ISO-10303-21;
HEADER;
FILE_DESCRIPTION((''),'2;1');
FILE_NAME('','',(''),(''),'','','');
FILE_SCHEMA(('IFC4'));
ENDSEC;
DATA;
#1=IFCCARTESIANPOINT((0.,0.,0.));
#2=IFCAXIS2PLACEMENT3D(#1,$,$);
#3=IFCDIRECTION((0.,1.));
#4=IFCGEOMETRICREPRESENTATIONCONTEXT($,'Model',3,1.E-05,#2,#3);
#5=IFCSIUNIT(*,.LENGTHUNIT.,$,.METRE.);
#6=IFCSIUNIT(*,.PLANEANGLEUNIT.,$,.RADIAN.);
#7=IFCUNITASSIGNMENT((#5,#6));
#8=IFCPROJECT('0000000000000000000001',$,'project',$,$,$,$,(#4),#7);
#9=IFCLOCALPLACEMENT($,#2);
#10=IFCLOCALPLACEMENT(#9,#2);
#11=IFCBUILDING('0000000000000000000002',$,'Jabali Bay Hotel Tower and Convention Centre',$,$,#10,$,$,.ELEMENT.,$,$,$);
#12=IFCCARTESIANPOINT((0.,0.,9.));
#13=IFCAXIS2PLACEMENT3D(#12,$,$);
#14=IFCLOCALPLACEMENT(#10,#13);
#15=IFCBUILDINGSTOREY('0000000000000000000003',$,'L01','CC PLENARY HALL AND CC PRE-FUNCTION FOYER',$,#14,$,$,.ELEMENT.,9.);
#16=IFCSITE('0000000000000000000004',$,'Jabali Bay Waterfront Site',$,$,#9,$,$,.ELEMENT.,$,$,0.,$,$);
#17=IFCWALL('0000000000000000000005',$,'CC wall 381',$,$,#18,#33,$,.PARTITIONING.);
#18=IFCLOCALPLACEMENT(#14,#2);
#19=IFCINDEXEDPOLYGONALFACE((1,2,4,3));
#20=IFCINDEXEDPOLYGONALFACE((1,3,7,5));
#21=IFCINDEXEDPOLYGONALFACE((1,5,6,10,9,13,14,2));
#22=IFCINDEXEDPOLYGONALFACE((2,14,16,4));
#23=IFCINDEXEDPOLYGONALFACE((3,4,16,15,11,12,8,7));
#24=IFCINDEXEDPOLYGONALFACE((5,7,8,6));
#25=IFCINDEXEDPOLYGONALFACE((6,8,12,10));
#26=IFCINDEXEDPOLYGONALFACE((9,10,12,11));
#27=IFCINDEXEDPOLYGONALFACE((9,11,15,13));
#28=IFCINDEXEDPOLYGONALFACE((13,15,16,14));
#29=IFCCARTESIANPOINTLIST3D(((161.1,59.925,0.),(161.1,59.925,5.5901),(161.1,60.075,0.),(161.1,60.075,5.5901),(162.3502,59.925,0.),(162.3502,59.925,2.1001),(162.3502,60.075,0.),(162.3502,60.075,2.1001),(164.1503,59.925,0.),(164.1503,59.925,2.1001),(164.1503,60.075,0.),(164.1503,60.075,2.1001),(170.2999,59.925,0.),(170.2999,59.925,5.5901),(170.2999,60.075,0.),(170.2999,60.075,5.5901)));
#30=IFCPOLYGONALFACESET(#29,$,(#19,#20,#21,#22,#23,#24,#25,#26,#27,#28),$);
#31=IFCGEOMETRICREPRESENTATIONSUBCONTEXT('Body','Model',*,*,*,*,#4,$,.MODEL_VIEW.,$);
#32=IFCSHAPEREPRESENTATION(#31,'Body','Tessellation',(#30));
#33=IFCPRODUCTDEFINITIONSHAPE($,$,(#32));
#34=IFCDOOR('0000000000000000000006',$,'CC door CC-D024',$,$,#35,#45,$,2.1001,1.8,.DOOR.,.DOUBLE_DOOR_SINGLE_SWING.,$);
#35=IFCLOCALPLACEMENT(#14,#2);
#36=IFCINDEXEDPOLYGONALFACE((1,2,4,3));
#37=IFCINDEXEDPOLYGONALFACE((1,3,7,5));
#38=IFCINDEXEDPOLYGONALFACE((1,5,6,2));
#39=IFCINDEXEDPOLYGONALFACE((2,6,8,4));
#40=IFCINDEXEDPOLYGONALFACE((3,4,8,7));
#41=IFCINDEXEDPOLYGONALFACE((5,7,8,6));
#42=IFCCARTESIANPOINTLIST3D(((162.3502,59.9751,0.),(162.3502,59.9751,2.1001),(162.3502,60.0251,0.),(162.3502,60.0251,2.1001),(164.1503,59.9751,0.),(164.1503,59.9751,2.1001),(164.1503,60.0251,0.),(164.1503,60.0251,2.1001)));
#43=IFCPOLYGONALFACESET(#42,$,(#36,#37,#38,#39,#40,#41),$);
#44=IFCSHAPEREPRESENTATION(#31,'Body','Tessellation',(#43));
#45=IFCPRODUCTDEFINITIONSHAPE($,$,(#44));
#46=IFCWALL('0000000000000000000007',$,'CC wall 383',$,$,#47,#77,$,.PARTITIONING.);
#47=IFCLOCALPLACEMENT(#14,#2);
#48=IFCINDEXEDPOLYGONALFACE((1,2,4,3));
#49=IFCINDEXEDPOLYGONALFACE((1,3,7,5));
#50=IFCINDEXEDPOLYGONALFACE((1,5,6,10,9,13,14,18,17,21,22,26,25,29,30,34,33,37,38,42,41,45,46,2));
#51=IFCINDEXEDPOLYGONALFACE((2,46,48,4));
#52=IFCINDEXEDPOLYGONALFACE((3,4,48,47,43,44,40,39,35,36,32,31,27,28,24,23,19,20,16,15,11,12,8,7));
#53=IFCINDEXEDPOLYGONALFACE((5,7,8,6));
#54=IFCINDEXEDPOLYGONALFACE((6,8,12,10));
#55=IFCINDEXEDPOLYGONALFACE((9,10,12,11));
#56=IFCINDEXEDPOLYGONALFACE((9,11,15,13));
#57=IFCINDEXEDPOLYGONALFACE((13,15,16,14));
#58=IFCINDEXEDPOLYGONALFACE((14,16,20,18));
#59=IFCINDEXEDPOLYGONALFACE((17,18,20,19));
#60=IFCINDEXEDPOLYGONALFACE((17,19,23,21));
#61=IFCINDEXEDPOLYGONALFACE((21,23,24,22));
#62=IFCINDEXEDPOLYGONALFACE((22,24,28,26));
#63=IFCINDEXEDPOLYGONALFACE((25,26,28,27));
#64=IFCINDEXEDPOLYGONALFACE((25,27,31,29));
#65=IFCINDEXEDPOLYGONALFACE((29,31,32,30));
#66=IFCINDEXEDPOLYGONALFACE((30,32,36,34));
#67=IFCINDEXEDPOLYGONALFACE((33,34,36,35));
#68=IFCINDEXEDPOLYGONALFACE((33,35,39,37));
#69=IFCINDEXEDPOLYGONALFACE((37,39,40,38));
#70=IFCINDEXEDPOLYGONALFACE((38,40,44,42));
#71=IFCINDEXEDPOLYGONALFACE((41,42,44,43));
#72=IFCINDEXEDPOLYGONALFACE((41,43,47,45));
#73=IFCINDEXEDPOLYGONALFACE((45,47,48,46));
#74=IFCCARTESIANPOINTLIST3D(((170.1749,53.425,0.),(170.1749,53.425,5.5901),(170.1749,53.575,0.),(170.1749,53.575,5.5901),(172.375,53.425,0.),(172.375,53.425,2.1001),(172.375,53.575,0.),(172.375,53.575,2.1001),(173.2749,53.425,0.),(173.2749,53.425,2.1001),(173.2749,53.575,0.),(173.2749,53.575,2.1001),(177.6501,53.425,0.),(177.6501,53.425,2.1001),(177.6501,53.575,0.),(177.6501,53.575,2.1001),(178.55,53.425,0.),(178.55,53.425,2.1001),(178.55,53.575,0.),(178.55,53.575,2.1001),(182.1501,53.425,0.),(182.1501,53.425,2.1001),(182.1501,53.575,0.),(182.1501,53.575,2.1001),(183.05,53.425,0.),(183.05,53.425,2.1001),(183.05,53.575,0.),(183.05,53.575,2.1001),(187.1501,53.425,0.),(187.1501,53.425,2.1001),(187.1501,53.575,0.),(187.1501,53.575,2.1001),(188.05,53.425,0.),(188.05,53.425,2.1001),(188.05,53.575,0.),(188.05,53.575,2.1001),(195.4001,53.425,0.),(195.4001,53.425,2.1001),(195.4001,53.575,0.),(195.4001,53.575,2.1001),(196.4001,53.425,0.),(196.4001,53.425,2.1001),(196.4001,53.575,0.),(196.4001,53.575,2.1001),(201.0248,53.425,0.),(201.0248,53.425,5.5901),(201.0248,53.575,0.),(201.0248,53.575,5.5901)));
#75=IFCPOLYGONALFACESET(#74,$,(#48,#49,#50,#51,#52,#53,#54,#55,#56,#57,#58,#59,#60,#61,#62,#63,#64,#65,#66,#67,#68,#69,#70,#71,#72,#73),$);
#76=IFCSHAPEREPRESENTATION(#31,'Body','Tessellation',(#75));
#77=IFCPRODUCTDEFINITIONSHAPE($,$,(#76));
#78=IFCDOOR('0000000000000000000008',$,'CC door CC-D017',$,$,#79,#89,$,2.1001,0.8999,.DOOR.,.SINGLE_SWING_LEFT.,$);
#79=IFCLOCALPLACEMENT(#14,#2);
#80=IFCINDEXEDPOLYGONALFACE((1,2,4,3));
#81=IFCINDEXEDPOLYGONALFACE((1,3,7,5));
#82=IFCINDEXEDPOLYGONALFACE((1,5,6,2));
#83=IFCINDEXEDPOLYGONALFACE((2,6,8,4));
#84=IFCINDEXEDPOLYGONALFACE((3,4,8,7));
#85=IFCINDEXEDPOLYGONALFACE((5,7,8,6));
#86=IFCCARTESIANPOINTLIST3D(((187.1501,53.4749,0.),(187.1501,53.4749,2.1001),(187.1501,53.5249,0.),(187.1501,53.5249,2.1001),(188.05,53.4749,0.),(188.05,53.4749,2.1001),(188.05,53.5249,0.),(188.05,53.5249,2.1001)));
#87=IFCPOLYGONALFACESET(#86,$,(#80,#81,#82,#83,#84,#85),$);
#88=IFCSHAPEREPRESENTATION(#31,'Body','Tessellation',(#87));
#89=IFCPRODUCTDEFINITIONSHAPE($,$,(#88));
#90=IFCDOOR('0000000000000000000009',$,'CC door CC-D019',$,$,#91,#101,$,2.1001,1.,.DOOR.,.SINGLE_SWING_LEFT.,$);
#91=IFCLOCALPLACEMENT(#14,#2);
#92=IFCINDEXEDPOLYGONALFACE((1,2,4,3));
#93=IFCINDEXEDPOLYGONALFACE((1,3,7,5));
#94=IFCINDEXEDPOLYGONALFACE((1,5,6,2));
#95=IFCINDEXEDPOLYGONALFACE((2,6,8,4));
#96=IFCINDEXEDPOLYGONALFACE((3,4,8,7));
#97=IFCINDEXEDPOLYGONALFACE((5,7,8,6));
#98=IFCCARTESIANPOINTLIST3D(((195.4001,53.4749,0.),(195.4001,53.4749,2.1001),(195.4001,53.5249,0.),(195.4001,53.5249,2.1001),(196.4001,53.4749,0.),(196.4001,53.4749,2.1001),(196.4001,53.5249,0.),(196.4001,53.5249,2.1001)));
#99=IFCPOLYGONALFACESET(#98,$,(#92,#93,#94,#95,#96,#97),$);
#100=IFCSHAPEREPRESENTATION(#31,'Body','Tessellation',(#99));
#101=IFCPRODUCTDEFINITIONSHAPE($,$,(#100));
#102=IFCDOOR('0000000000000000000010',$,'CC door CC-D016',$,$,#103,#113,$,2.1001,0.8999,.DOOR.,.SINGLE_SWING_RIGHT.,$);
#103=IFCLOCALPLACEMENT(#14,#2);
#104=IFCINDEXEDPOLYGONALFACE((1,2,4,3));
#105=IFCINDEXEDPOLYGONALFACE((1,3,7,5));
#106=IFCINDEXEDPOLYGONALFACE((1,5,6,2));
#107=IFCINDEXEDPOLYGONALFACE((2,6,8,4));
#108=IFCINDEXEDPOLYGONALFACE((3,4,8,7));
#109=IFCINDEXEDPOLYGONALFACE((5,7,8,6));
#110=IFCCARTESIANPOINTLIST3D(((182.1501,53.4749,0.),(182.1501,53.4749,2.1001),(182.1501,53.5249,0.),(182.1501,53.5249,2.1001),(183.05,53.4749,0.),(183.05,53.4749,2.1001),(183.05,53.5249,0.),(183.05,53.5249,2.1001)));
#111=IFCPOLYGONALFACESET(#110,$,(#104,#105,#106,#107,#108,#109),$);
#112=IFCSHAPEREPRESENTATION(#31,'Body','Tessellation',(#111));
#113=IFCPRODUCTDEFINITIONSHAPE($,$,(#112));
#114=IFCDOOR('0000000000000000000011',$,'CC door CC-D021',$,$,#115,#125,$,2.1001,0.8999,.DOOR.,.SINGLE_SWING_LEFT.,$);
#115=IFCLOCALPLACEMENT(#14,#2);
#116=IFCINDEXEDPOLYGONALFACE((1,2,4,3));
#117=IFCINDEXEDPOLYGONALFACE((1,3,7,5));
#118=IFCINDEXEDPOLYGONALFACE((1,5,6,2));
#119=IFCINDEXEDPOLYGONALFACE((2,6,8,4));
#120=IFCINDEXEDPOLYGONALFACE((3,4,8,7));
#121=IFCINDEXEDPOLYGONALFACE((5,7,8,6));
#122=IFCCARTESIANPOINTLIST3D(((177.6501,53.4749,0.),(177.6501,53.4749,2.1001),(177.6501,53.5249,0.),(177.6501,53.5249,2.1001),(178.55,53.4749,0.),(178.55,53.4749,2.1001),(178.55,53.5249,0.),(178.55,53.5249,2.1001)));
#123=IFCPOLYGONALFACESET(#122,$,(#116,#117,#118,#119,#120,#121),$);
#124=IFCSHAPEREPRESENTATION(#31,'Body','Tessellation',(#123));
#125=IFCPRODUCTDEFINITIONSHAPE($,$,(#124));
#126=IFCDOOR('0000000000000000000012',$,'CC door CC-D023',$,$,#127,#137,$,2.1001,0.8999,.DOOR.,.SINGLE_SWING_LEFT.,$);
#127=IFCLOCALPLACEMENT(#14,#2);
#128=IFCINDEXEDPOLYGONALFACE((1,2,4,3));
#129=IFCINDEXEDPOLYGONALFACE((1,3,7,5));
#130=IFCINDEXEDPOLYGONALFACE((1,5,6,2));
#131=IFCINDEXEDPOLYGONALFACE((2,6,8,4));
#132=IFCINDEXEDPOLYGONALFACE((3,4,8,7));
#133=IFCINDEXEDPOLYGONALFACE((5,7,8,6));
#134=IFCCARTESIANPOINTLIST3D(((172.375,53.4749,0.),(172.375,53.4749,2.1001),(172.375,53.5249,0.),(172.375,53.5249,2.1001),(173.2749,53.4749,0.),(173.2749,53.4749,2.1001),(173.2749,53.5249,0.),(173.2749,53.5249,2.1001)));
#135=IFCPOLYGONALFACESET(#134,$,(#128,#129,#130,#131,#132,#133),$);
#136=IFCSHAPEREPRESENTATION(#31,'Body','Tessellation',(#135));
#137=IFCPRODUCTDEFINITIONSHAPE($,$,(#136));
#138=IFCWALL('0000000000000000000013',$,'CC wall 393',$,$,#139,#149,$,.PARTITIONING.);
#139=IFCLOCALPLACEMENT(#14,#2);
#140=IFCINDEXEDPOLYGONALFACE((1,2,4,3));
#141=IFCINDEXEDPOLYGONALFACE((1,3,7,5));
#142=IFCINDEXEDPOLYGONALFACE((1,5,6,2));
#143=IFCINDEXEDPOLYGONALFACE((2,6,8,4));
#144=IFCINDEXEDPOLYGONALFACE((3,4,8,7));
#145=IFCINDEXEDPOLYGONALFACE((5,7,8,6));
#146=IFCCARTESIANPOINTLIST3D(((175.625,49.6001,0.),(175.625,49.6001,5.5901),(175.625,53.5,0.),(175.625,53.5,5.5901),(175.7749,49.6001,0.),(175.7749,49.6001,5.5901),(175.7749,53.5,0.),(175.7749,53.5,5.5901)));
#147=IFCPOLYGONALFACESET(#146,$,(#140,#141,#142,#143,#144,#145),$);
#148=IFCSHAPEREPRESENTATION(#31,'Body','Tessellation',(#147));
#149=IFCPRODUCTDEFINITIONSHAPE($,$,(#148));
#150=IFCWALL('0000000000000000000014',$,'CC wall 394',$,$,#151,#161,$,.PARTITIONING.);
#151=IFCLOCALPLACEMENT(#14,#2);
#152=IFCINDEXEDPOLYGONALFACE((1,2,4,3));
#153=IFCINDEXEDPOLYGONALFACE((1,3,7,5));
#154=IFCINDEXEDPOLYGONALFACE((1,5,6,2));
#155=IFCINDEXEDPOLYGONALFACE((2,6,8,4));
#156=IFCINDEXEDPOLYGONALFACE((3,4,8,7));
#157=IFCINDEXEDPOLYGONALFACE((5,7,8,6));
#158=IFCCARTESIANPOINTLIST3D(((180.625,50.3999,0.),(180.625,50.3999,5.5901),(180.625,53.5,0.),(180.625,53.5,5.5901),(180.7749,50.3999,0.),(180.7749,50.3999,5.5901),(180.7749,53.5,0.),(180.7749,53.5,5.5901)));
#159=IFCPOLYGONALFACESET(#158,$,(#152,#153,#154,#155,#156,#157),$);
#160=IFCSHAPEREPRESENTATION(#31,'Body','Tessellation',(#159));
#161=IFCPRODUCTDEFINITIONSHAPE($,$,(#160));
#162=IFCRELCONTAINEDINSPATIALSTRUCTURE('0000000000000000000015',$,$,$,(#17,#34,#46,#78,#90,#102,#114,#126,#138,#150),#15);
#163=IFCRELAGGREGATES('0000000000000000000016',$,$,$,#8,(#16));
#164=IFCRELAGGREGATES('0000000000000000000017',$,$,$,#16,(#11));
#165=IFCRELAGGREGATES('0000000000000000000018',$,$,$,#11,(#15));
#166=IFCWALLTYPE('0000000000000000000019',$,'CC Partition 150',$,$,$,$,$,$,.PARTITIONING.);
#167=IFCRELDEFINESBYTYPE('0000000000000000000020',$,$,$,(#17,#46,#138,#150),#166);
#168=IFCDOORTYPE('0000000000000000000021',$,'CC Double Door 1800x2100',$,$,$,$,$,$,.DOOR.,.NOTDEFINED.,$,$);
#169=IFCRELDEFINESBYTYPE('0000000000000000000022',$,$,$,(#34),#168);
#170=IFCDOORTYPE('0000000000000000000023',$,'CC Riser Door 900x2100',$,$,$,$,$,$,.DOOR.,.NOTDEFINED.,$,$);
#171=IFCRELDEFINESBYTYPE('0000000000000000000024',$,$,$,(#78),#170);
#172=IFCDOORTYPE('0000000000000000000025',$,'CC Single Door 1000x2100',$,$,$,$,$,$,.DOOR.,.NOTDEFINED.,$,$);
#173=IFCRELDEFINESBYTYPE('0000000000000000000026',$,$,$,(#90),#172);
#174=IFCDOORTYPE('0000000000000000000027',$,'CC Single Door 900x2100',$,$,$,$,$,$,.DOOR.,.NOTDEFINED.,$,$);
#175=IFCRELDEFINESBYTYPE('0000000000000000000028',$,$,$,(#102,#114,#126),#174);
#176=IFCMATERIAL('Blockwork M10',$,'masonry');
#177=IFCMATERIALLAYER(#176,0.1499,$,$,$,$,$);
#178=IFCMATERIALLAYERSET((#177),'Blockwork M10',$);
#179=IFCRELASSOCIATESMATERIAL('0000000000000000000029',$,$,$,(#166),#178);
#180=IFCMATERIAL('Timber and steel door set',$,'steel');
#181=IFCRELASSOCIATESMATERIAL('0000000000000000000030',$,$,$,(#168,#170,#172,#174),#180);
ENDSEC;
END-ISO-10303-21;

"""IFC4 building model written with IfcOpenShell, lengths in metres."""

from ifc_helpers import new_model, si_unit, direction, frame, frame_2d, origin, place, context, subcontext, project, spatial, rectangle, extrude, material, layer, layer_set, type_object, element, fill, save


model = new_model("IFC4")

# Units and contexts
model_context = context("Model", 3, precision=1e-05, world=origin(), true_north=direction((0.0, 1.0)))
body_context = subcontext(model_context, "Body", "Model", "MODEL_VIEW")
ifc_project = project(units=[si_unit("LENGTHUNIT", "METRE"), si_unit("PLANEANGLEUNIT", "RADIAN")], contexts=[model_context])

# Site, building, storey
site_placement = place(None, origin())
site = spatial("IfcSite", under=ifc_project, at=site_placement, Name="Jabali Bay Waterfront Site", CompositionType="ELEMENT", RefElevation=0.0)
building_placement = place(site_placement, origin())
building = spatial("IfcBuilding", under=site, at=building_placement, Name="Jabali Bay Hotel Tower and Convention Centre", CompositionType="ELEMENT")
storey_placement = place(building_placement, frame((0.0, 0.0, 9.0)))
storey = spatial("IfcBuildingStorey", under=building, at=storey_placement, Name="L01", Description="CC PLENARY HALL AND CC PRE-FUNCTION FOYER", CompositionType="ELEMENT", Elevation=9.0)

# Wall, opening, door
ifc_material_1 = material(Name="Blockwork M10", Category="masonry")
ifc_layer_1 = layer(ifc_material_1, 0.1499)
ifc_layer_set_1 = layer_set([ifc_layer_1], Name="Blockwork M10")
wall_type_1 = type_object("IfcWallType", Name="CC Partition 150", PredefinedType="PARTITIONING", material=ifc_layer_set_1)
wall_1_placement = place(storey_placement, frame((170.3, 60.0, 0.0), z_axis=(0.0, 0.0, 1.0), x_axis=(-1.0, 0.0, 0.0)))
wall_1 = element("IfcWall", 1, at=wall_1_placement, inside=storey, type_object=wall_type_1, Name="CC wall 381", PredefinedType="PARTITIONING", context=body_context, shape_type="SweptSolid", body=[
    extrude(rectangle(XDim=9.2, YDim=0.1499, at=frame_2d((4.6001, 0.0))), origin(), (0.0, 0.0, 1.0), 5.5901),
])
opening_1_placement = place(wall_1_placement, frame((6.1499, 0.0, 0.0)))
opening_1 = element("IfcOpeningElement", 2, at=opening_1_placement, cuts=wall_1, PredefinedType="OPENING", context=body_context, shape_type="SweptSolid", body=[
    extrude(rectangle(XDim=1.8, YDim=2.1001, at=frame_2d((0.8999, 1.05))), frame((0.0, 0.0854, 0.0), z_axis=(0.0, -1.0, 0.0), x_axis=(1.0, 0.0, 0.0)), (0.0, 0.0, 1.0), 0.1709),
])
ifc_material_2 = material(Name="Timber and steel door set", Category="steel")
door_type_1 = type_object("IfcDoorType", Name="CC Double Door 1800x2100", OperationType="NOTDEFINED", PredefinedType="DOOR", material=ifc_material_2)
door_1_placement = place(opening_1_placement, origin())
door_1 = element("IfcDoor", 3, at=door_1_placement, inside=storey, type_object=door_type_1, Name="CC door CC-D024", OperationType="DOUBLE_DOOR_SINGLE_SWING", OverallHeight=2.1001, OverallWidth=1.8, PredefinedType="DOOR", context=body_context, shape_type="SweptSolid", body=[
    extrude(rectangle(XDim=1.8, YDim=2.1001, at=frame_2d((0.8999, 1.05))), frame((0.0, 0.0249, 0.0), z_axis=(0.0, -1.0, 0.0), x_axis=(1.0, 0.0, 0.0)), (0.0, 0.0, 1.0), 0.05),
])
fill(opening_1, door_1)

# Wall, openings, doors
wall_2_placement = place(storey_placement, frame((170.175, 53.5, 0.0), z_axis=(0.0, 0.0, 1.0), x_axis=(1.0, 0.0, 0.0)))
wall_2 = element("IfcWall", 4, at=wall_2_placement, inside=storey, type_object=wall_type_1, Name="CC wall 383", PredefinedType="PARTITIONING", context=body_context, shape_type="SweptSolid", body=[
    extrude(rectangle(XDim=30.8499, YDim=0.1499, at=frame_2d((15.4248, 0.0))), origin(), (0.0, 0.0, 1.0), 5.5901),
])
opening_2_placement = place(wall_2_placement, frame((11.9751, 0.0, 0.0)))
opening_2 = element("IfcOpeningElement", 5, at=opening_2_placement, cuts=wall_2, PredefinedType="OPENING", context=body_context, shape_type="SweptSolid", body=[
    extrude(rectangle(XDim=0.8999, YDim=2.1001, at=frame_2d((0.45, 1.05))), frame((0.0, 0.0854, 0.0), z_axis=(0.0, -1.0, 0.0), x_axis=(1.0, 0.0, 0.0)), (0.0, 0.0, 1.0), 0.1709),
])
opening_3_placement = place(wall_2_placement, frame((16.9751, 0.0, 0.0)))
opening_3 = element("IfcOpeningElement", 6, at=opening_3_placement, cuts=wall_2, PredefinedType="OPENING", context=body_context, shape_type="SweptSolid", body=[
    extrude(rectangle(XDim=0.8999, YDim=2.1001, at=frame_2d((0.45, 1.05))), frame((0.0, 0.0854, 0.0), z_axis=(0.0, -1.0, 0.0), x_axis=(1.0, 0.0, 0.0)), (0.0, 0.0, 1.0), 0.1709),
])
opening_4_placement = place(wall_2_placement, frame((25.2251, 0.0, 0.0)))
opening_4 = element("IfcOpeningElement", 7, at=opening_4_placement, cuts=wall_2, PredefinedType="OPENING", context=body_context, shape_type="SweptSolid", body=[
    extrude(rectangle(XDim=1.0, YDim=2.1001, at=frame_2d((0.5, 1.05))), frame((0.0, 0.0854, 0.0), z_axis=(0.0, -1.0, 0.0), x_axis=(1.0, 0.0, 0.0)), (0.0, 0.0, 1.0), 0.1709),
])
opening_5_placement = place(wall_2_placement, frame((7.4751, 0.0, 0.0)))
opening_5 = element("IfcOpeningElement", 8, at=opening_5_placement, cuts=wall_2, PredefinedType="OPENING", context=body_context, shape_type="SweptSolid", body=[
    extrude(rectangle(XDim=0.8999, YDim=2.1001, at=frame_2d((0.45, 1.05))), frame((0.0, 0.0854, 0.0), z_axis=(0.0, -1.0, 0.0), x_axis=(1.0, 0.0, 0.0)), (0.0, 0.0, 1.0), 0.1709),
])
opening_6_placement = place(wall_2_placement, frame((2.2, 0.0, 0.0)))
opening_6 = element("IfcOpeningElement", 9, at=opening_6_placement, cuts=wall_2, PredefinedType="OPENING", context=body_context, shape_type="SweptSolid", body=[
    extrude(rectangle(XDim=0.8999, YDim=2.1001, at=frame_2d((0.45, 1.05))), frame((0.0, 0.0854, 0.0), z_axis=(0.0, -1.0, 0.0), x_axis=(1.0, 0.0, 0.0)), (0.0, 0.0, 1.0), 0.1709),
])
door_type_2 = type_object("IfcDoorType", Name="CC Riser Door 900x2100", OperationType="NOTDEFINED", PredefinedType="DOOR", material=ifc_material_2)
door_2_placement = place(opening_3_placement, origin())
door_2 = element("IfcDoor", 10, at=door_2_placement, inside=storey, type_object=door_type_2, Name="CC door CC-D017", OperationType="SINGLE_SWING_LEFT", OverallHeight=2.1001, OverallWidth=0.8999, PredefinedType="DOOR", context=body_context, shape_type="SweptSolid", body=[
    extrude(rectangle(XDim=0.8999, YDim=2.1001, at=frame_2d((0.45, 1.05))), frame((0.0, 0.0249, 0.0), z_axis=(0.0, -1.0, 0.0), x_axis=(1.0, 0.0, 0.0)), (0.0, 0.0, 1.0), 0.05),
])
fill(opening_3, door_2)
door_type_3 = type_object("IfcDoorType", Name="CC Single Door 1000x2100", OperationType="NOTDEFINED", PredefinedType="DOOR", material=ifc_material_2)
door_3_placement = place(opening_4_placement, origin())
door_3 = element("IfcDoor", 11, at=door_3_placement, inside=storey, type_object=door_type_3, Name="CC door CC-D019", OperationType="SINGLE_SWING_LEFT", OverallHeight=2.1001, OverallWidth=1.0, PredefinedType="DOOR", context=body_context, shape_type="SweptSolid", body=[
    extrude(rectangle(XDim=1.0, YDim=2.1001, at=frame_2d((0.5, 1.05))), frame((0.0, 0.0249, 0.0), z_axis=(0.0, -1.0, 0.0), x_axis=(1.0, 0.0, 0.0)), (0.0, 0.0, 1.0), 0.05),
])
fill(opening_4, door_3)
door_type_4 = type_object("IfcDoorType", Name="CC Single Door 900x2100", OperationType="NOTDEFINED", PredefinedType="DOOR", material=ifc_material_2)
door_4_placement = place(opening_2_placement, origin())
door_4 = element("IfcDoor", 12, at=door_4_placement, inside=storey, type_object=door_type_4, Name="CC door CC-D016", OperationType="SINGLE_SWING_RIGHT", OverallHeight=2.1001, OverallWidth=0.8999, PredefinedType="DOOR", context=body_context, shape_type="SweptSolid", body=[
    extrude(rectangle(XDim=0.8999, YDim=2.1001, at=frame_2d((0.45, 1.05))), frame((0.0, 0.0249, 0.0), z_axis=(0.0, -1.0, 0.0), x_axis=(1.0, 0.0, 0.0)), (0.0, 0.0, 1.0), 0.05),
])
fill(opening_2, door_4)
door_5_placement = place(opening_5_placement, origin())
door_5 = element("IfcDoor", 13, at=door_5_placement, inside=storey, type_object=door_type_4, Name="CC door CC-D021", OperationType="SINGLE_SWING_LEFT", OverallHeight=2.1001, OverallWidth=0.8999, PredefinedType="DOOR", context=body_context, shape_type="SweptSolid", body=[
    extrude(rectangle(XDim=0.8999, YDim=2.1001, at=frame_2d((0.45, 1.05))), frame((0.0, 0.0249, 0.0), z_axis=(0.0, -1.0, 0.0), x_axis=(1.0, 0.0, 0.0)), (0.0, 0.0, 1.0), 0.05),
])
fill(opening_5, door_5)
door_6_placement = place(opening_6_placement, origin())
door_6 = element("IfcDoor", 14, at=door_6_placement, inside=storey, type_object=door_type_4, Name="CC door CC-D023", OperationType="SINGLE_SWING_LEFT", OverallHeight=2.1001, OverallWidth=0.8999, PredefinedType="DOOR", context=body_context, shape_type="SweptSolid", body=[
    extrude(rectangle(XDim=0.8999, YDim=2.1001, at=frame_2d((0.45, 1.05))), frame((0.0, 0.0249, 0.0), z_axis=(0.0, -1.0, 0.0), x_axis=(1.0, 0.0, 0.0)), (0.0, 0.0, 1.0), 0.05),
])
fill(opening_6, door_6)

# Walls
wall_3_placement = place(storey_placement, frame((175.7, 49.6001, 0.0), z_axis=(0.0, 0.0, 1.0), x_axis=(0.0, 1.0, 0.0)))
element("IfcWall", 15, at=wall_3_placement, inside=storey, type_object=wall_type_1, Name="CC wall 393", PredefinedType="PARTITIONING", context=body_context, shape_type="SweptSolid", body=[
    extrude(rectangle(XDim=3.8999, YDim=0.1499, at=frame_2d((1.95, 0.0))), origin(), (0.0, 0.0, 1.0), 5.5901),
])
wall_4_placement = place(storey_placement, frame((180.7, 50.3999, 0.0), z_axis=(0.0, 0.0, 1.0), x_axis=(0.0, 1.0, 0.0)))
element("IfcWall", 16, at=wall_4_placement, inside=storey, type_object=wall_type_1, Name="CC wall 394", PredefinedType="PARTITIONING", context=body_context, shape_type="SweptSolid", body=[
    extrude(rectangle(XDim=3.1001, YDim=0.1499, at=frame_2d((1.55, 0.0))), origin(), (0.0, 0.0, 1.0), 5.5901),
])

save(model, "model.ifc")
